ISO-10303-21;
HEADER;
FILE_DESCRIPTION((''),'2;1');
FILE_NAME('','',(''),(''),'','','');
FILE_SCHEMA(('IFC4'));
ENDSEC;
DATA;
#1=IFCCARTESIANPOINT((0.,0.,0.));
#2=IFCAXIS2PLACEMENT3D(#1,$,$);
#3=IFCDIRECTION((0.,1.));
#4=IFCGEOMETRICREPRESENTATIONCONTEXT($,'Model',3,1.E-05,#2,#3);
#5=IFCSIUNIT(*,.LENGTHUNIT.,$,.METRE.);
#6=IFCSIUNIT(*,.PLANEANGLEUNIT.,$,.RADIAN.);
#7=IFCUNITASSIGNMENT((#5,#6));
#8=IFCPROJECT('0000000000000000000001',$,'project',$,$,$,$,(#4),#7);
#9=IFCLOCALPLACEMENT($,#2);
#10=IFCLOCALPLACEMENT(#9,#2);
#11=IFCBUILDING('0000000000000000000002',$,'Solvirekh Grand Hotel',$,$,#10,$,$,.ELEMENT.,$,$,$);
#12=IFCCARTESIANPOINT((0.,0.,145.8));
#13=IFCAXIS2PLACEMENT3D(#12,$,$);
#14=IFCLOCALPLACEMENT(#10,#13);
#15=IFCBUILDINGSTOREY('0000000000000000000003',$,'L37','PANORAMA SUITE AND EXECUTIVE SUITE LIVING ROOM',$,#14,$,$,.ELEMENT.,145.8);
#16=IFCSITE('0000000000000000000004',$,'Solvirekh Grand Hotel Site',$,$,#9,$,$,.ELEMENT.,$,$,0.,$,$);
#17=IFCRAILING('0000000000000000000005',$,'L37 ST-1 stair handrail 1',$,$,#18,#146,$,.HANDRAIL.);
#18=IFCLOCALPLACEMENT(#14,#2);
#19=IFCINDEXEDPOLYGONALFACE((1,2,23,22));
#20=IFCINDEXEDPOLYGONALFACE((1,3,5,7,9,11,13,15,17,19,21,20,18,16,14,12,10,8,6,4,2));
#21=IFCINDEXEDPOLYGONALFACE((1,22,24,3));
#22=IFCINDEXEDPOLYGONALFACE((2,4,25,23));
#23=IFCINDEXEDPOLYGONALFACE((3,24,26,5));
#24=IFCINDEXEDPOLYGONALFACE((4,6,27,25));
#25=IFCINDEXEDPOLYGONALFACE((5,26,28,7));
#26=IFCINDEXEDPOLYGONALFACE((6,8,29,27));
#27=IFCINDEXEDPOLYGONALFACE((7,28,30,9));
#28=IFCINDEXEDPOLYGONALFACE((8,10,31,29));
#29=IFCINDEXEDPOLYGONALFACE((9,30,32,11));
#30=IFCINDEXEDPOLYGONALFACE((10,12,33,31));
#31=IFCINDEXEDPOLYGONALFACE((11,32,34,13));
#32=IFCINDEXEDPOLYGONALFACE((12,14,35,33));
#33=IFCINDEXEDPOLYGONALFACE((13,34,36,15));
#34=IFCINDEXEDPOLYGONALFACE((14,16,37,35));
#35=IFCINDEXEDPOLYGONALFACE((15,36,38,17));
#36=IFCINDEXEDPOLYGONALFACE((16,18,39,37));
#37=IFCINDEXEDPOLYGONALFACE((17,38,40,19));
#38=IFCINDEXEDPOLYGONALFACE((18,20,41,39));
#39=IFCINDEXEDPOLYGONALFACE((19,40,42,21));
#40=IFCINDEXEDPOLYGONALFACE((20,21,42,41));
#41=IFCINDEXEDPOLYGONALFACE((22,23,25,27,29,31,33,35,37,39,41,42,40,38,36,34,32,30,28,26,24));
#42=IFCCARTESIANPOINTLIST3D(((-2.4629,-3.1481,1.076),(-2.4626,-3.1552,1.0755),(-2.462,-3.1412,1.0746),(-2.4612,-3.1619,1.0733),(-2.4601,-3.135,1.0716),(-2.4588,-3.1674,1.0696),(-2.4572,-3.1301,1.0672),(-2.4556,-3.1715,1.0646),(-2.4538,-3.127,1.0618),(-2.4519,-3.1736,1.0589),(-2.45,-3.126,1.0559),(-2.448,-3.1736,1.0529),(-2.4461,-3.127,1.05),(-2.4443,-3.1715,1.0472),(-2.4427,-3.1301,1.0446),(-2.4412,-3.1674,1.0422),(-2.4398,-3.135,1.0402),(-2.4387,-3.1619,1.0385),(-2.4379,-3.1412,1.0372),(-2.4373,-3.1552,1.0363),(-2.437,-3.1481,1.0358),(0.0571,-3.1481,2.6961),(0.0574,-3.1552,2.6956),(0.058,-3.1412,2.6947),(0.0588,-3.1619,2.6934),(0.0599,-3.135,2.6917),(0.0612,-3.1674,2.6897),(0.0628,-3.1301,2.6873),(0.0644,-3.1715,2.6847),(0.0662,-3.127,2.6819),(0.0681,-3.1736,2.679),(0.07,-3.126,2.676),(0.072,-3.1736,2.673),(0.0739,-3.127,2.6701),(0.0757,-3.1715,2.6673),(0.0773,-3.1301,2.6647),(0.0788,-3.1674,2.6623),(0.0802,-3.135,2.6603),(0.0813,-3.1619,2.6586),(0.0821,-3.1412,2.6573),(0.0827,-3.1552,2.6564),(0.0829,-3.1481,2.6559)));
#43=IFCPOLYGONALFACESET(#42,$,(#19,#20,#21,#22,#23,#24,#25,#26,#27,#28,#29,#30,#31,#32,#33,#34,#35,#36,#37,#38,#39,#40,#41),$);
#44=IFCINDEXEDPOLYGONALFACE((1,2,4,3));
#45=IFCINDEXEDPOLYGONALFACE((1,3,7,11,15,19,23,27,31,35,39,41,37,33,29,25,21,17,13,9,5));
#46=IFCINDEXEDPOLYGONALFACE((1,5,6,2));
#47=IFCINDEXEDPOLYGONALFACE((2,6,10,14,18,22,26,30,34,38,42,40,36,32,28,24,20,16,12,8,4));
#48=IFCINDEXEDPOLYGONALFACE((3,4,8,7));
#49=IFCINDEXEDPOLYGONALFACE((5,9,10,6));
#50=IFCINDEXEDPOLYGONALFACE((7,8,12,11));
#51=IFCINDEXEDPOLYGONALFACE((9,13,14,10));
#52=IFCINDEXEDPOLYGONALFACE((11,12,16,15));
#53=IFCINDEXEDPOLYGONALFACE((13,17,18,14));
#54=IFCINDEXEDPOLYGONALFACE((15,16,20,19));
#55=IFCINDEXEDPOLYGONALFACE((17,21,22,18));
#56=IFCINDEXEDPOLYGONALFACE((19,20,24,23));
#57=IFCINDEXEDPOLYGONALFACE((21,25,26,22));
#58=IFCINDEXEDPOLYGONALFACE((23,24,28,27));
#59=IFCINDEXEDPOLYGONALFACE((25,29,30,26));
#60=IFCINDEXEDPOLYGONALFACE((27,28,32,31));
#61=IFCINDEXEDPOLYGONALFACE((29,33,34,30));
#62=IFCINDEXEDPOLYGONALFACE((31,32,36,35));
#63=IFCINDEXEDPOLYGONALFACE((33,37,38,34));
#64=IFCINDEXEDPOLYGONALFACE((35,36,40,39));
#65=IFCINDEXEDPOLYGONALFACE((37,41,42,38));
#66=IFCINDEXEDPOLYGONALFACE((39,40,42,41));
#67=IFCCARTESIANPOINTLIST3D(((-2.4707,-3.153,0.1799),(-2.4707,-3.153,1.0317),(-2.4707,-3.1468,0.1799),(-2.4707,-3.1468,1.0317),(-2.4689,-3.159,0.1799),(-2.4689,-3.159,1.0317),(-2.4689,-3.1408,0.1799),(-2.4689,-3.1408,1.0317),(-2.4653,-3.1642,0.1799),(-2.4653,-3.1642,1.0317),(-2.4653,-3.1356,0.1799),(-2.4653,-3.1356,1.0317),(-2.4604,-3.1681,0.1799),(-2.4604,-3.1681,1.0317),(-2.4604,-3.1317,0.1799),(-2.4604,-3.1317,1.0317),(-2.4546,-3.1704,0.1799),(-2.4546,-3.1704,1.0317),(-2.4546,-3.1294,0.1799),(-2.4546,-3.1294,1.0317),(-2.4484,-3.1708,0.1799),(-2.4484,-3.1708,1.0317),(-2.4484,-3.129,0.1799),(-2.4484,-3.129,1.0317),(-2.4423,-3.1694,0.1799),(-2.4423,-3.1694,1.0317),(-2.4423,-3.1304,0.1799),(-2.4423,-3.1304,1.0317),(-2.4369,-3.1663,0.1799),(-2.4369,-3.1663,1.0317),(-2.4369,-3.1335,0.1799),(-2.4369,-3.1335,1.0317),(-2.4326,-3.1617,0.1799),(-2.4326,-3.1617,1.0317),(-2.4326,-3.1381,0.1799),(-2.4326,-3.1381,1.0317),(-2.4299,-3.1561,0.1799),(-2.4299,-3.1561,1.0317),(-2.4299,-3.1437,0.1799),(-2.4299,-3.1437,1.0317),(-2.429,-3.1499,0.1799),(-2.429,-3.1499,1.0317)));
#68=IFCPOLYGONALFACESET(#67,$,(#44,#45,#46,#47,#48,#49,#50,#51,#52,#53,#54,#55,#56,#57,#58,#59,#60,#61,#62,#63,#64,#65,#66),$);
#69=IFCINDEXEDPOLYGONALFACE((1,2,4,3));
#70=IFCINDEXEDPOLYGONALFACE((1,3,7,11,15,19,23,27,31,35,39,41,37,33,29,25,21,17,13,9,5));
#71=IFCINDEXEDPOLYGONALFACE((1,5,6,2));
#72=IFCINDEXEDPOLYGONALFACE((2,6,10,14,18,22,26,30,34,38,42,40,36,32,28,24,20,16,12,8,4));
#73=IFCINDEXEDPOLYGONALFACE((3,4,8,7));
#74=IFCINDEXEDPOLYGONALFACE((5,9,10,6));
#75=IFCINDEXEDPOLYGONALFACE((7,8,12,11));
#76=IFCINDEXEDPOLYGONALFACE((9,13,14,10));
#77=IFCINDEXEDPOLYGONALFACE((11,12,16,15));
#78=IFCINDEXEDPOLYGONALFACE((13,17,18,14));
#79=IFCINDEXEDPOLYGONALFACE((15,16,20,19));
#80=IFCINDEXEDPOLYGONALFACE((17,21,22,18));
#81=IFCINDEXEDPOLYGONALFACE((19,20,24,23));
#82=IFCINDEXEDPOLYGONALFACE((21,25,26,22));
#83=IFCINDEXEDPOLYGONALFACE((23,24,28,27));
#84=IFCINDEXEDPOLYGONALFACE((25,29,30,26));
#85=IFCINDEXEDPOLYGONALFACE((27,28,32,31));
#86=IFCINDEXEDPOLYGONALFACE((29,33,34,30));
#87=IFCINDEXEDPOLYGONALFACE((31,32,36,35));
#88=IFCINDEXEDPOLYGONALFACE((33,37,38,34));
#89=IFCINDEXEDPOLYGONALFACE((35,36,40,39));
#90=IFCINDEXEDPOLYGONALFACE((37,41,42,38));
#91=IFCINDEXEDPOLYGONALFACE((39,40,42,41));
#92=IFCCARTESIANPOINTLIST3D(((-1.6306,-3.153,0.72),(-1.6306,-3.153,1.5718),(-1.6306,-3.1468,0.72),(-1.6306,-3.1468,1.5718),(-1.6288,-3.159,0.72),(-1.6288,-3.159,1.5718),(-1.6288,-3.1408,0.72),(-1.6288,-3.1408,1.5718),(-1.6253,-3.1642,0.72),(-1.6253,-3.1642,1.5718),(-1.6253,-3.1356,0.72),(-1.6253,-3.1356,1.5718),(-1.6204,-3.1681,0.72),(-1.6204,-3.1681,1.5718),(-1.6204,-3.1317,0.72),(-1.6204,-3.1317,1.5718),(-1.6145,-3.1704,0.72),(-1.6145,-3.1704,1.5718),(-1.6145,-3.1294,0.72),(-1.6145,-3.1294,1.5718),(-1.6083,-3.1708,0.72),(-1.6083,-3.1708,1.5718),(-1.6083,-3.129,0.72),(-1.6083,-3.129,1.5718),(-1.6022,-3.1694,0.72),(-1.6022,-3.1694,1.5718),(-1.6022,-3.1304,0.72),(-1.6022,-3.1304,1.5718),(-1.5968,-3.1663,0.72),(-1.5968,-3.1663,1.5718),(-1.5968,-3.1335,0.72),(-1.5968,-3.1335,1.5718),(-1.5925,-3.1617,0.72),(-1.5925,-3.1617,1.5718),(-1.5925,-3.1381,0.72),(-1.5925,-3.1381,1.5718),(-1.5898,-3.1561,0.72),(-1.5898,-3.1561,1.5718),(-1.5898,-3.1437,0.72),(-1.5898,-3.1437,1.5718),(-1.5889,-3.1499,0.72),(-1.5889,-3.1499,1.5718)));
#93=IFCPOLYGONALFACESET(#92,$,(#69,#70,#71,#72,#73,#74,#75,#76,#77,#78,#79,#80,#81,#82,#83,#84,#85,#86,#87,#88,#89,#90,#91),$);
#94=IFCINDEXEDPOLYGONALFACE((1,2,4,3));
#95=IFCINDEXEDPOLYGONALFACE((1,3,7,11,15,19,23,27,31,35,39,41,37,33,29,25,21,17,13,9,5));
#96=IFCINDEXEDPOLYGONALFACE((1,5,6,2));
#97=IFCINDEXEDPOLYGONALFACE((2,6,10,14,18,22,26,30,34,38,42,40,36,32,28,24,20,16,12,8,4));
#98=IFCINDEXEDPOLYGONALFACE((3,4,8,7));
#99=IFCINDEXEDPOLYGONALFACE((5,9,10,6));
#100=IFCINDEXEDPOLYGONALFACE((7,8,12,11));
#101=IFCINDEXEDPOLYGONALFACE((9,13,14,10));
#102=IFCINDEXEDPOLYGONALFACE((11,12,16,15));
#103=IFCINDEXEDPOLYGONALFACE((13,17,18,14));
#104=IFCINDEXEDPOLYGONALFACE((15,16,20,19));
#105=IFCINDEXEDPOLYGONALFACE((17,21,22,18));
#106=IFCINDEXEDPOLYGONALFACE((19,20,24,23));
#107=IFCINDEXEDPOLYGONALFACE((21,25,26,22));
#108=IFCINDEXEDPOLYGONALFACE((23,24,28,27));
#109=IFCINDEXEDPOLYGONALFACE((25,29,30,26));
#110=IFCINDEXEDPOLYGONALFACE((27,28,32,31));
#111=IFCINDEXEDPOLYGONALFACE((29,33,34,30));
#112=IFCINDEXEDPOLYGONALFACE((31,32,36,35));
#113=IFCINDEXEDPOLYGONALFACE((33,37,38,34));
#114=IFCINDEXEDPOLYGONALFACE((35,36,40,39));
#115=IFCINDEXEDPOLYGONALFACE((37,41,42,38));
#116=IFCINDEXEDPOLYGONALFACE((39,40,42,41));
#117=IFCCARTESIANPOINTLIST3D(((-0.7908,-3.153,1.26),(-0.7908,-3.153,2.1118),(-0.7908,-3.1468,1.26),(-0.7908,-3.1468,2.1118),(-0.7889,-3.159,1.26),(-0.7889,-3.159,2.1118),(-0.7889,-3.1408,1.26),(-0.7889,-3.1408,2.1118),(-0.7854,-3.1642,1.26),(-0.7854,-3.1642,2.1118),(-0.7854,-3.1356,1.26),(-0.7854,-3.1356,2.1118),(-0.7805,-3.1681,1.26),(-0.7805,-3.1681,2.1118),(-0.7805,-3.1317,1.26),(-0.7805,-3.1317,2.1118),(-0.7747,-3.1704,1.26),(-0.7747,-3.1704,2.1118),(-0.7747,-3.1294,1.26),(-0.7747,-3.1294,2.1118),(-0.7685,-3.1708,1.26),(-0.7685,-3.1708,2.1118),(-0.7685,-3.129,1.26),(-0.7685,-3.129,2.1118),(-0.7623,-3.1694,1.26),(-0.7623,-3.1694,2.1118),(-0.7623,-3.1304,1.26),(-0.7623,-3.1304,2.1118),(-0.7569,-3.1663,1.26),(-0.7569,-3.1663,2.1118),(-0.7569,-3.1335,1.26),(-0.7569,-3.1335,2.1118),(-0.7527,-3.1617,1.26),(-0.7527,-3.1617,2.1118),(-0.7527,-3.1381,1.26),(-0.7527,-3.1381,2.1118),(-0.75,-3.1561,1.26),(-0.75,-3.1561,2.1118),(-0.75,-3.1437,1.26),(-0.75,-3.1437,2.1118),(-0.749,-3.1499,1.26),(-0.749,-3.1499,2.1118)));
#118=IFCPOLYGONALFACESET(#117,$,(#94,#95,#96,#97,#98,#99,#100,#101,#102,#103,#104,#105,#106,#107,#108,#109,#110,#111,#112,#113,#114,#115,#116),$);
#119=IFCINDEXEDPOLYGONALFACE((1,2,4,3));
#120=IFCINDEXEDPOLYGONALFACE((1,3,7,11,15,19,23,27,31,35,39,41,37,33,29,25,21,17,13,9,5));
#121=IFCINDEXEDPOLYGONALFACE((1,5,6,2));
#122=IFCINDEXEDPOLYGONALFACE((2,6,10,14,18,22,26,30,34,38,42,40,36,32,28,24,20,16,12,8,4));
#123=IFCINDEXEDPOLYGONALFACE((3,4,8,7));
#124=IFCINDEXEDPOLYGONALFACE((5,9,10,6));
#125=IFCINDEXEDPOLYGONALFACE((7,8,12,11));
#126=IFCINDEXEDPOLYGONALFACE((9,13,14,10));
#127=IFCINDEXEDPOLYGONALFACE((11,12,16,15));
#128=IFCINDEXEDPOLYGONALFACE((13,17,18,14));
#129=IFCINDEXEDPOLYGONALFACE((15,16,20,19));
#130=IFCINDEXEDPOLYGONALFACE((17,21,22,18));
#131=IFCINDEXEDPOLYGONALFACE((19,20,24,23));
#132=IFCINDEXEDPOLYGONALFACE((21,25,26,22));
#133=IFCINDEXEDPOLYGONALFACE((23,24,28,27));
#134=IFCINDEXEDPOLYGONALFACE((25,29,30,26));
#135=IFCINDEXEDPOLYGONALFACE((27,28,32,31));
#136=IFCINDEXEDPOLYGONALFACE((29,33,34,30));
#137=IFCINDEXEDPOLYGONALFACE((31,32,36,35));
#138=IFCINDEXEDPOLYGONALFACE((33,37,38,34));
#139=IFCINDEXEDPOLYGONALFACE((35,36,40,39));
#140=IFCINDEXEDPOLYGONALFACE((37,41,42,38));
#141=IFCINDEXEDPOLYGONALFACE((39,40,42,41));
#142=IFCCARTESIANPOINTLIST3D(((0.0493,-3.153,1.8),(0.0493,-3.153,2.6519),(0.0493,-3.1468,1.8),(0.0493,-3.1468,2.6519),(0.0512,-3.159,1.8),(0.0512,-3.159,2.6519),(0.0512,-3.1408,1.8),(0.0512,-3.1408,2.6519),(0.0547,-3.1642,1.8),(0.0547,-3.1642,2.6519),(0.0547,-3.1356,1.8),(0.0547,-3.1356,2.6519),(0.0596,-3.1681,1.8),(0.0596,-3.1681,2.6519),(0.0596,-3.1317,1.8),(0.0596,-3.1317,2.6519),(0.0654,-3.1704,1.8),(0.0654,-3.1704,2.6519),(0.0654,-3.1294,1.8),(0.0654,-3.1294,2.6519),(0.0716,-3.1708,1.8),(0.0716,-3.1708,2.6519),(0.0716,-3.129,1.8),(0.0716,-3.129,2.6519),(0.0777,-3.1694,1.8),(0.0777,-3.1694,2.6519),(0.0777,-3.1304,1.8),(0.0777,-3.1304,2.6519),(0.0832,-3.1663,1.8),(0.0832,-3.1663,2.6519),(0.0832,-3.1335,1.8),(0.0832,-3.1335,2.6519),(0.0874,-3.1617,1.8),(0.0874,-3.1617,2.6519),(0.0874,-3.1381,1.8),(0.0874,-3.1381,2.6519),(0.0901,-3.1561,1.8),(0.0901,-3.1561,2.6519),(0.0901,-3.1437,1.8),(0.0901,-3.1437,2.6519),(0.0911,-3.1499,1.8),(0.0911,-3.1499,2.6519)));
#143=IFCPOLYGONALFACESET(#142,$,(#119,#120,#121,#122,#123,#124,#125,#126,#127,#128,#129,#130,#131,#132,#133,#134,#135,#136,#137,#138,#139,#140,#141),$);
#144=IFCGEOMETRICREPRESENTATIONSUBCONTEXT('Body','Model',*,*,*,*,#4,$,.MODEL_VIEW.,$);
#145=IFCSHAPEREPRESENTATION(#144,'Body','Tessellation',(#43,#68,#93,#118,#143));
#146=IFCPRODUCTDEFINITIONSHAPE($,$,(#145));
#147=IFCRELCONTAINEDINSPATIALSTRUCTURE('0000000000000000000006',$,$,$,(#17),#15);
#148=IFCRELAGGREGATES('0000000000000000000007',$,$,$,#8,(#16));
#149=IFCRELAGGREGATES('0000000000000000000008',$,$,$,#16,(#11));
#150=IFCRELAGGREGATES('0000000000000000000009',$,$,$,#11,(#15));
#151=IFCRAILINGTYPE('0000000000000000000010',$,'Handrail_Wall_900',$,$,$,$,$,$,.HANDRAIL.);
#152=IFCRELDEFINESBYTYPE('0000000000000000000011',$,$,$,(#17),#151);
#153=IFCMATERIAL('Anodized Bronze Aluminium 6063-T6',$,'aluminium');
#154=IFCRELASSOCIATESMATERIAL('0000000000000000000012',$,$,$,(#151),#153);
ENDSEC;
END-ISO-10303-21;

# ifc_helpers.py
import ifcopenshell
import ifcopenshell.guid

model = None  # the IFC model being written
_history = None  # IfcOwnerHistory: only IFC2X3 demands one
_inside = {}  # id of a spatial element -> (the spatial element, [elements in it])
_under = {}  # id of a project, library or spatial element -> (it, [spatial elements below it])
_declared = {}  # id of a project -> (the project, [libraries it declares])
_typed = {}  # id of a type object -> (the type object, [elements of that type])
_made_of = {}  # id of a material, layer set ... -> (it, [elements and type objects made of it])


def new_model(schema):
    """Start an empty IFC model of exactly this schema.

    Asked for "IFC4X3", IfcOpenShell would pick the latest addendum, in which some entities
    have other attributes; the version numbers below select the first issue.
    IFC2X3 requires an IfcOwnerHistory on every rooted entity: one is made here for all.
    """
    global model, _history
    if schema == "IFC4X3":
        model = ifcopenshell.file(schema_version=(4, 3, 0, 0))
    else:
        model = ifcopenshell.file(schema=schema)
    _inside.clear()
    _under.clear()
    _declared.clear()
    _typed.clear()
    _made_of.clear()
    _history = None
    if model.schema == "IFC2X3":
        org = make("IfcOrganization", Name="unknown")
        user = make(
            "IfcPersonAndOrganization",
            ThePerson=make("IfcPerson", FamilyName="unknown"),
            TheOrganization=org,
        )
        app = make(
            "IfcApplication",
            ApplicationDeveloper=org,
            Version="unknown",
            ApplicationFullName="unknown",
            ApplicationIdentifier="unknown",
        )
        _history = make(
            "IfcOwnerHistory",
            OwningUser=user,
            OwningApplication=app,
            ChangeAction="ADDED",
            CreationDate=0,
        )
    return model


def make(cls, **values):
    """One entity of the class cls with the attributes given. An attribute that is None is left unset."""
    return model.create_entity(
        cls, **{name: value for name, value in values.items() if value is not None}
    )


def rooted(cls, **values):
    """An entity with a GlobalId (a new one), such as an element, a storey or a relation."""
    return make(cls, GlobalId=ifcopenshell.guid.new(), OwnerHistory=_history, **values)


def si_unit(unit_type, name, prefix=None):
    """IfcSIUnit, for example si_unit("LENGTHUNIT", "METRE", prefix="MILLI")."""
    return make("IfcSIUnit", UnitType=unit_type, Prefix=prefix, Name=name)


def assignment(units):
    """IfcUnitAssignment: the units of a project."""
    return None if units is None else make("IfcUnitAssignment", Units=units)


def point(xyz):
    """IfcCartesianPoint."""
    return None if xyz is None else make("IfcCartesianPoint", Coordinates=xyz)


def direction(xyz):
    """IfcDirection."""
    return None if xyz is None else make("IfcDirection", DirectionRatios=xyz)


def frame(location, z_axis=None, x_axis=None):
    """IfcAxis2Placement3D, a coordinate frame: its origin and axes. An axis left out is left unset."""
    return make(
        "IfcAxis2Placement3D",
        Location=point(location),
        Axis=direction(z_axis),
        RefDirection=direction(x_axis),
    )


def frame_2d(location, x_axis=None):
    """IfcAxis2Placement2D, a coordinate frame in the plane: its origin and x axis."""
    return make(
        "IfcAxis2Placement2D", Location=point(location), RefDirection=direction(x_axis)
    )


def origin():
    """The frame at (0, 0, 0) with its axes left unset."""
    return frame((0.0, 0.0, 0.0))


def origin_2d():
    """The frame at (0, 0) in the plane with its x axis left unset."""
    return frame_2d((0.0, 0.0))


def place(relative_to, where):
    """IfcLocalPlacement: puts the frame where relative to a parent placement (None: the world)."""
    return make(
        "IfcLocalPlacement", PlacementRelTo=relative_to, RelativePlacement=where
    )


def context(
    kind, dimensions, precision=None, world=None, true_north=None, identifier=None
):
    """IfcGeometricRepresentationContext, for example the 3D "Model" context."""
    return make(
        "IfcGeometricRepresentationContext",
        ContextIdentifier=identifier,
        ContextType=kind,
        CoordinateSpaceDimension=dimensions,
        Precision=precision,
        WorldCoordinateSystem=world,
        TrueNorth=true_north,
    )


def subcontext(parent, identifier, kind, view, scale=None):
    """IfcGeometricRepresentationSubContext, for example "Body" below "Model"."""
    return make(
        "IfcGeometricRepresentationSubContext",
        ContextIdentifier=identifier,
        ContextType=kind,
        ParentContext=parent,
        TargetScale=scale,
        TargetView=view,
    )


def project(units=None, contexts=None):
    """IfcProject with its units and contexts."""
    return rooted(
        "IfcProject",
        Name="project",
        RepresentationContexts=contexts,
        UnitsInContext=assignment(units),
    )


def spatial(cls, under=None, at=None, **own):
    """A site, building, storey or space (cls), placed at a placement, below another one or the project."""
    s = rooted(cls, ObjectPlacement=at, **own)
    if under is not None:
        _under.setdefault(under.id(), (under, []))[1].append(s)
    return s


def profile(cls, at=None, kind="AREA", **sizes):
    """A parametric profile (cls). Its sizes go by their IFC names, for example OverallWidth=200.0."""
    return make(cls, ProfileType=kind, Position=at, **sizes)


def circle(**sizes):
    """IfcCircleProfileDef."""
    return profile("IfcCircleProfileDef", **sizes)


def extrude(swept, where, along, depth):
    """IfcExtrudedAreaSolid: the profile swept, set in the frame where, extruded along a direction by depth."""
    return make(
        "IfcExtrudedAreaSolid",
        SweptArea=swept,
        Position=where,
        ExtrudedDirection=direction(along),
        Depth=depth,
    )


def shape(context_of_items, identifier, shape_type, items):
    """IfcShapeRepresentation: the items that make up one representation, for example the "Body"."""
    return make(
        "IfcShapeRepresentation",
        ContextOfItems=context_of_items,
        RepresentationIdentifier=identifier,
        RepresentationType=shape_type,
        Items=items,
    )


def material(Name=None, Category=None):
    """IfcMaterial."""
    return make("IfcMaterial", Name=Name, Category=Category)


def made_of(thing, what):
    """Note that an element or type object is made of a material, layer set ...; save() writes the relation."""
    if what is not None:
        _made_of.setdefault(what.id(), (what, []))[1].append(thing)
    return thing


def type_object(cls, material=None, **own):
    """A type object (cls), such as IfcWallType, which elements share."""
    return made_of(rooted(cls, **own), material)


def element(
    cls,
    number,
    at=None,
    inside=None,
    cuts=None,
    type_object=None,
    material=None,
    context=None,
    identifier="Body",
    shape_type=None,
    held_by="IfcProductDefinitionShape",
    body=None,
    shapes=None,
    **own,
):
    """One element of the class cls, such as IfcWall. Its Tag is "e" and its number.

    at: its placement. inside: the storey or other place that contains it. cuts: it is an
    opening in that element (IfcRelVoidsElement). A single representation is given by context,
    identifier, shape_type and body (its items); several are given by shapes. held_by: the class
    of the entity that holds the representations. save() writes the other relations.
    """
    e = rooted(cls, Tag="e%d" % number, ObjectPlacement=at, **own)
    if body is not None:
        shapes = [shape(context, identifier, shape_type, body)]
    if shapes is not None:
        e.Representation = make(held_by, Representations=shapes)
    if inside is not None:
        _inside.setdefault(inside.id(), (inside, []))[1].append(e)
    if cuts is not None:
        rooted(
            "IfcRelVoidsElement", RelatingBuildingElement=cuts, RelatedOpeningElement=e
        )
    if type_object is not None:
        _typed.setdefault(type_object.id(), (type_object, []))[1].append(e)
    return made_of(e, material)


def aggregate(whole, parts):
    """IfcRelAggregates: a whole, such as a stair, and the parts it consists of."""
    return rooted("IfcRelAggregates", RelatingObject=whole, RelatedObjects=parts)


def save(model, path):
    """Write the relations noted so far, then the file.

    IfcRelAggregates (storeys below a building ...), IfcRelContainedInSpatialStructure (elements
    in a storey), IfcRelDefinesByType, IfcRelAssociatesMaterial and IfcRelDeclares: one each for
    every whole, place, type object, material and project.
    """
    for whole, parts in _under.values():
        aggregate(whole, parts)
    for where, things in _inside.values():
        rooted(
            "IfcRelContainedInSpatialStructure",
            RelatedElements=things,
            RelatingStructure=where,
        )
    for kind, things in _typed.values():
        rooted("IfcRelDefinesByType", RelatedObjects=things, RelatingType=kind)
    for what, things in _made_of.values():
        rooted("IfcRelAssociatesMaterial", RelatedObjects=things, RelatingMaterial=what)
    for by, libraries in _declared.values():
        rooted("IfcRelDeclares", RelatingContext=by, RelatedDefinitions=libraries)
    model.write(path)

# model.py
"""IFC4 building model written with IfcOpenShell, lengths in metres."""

from ifc_helpers import new_model, si_unit, direction, frame, origin, origin_2d, place, context, subcontext, project, spatial, circle, extrude, material, type_object, element, save


model = new_model("IFC4")

# Units and contexts
model_context = context("Model", 3, precision=1e-05, world=origin(), true_north=direction((0.0, 1.0)))
body_context = subcontext(model_context, "Body", "Model", "MODEL_VIEW")
ifc_project = project(units=[si_unit("LENGTHUNIT", "METRE"), si_unit("PLANEANGLEUNIT", "RADIAN")], contexts=[model_context])

# Site, building, storey
site_placement = place(None, origin())
site = spatial("IfcSite", under=ifc_project, at=site_placement, Name="Solvirekh Grand Hotel Site", CompositionType="ELEMENT", RefElevation=0.0)
building_placement = place(site_placement, origin())
building = spatial("IfcBuilding", under=site, at=building_placement, Name="Solvirekh Grand Hotel", CompositionType="ELEMENT")
storey_placement = place(building_placement, frame((0.0, 0.0, 145.8)))
storey = spatial("IfcBuildingStorey", under=building, at=storey_placement, Name="L37", Description="PANORAMA SUITE AND EXECUTIVE SUITE LIVING ROOM", CompositionType="ELEMENT", Elevation=145.8)

# Shared definitions
ifc_material_1 = material(Name="Anodized Bronze Aluminium 6063-T6", Category="aluminium")

# Railing
railing_type_1 = type_object("IfcRailingType", Name="Handrail_Wall_900", PredefinedType="HANDRAIL", material=ifc_material_1)
railing_1_placement = place(storey_placement, frame((-2.45, -3.1499, 0.1799)))
element("IfcRailing", 1, at=railing_1_placement, inside=storey, type_object=railing_type_1, Name="L37 ST-1 stair handrail 1", PredefinedType="HANDRAIL", context=body_context, shape_type="SweptSolid", body=[
    extrude(circle(Radius=0.0239, at=origin_2d()), frame((0.0, 0.0, 0.876), z_axis=(0.841163, 0.0, 0.540782), x_axis=(0.0, 1.0, 0.0)), (0.0, 0.0, 1.0), 2.9958),
    extrude(circle(Radius=0.021, at=origin_2d()), origin(), (0.0, 0.0, 1.0), 0.8518),
    extrude(circle(Radius=0.021, at=origin_2d()), frame((0.8401, 0.0, 0.54)), (0.0, 0.0, 1.0), 0.8518),
    extrude(circle(Radius=0.021, at=origin_2d()), frame((1.6799, 0.0, 1.0801)), (0.0, 0.0, 1.0), 0.8518),
    extrude(circle(Radius=0.021, at=origin_2d()), frame((2.52, 0.0, 1.6201)), (0.0, 0.0, 1.0), 0.8518),
])

save(model, "model.ifc")
